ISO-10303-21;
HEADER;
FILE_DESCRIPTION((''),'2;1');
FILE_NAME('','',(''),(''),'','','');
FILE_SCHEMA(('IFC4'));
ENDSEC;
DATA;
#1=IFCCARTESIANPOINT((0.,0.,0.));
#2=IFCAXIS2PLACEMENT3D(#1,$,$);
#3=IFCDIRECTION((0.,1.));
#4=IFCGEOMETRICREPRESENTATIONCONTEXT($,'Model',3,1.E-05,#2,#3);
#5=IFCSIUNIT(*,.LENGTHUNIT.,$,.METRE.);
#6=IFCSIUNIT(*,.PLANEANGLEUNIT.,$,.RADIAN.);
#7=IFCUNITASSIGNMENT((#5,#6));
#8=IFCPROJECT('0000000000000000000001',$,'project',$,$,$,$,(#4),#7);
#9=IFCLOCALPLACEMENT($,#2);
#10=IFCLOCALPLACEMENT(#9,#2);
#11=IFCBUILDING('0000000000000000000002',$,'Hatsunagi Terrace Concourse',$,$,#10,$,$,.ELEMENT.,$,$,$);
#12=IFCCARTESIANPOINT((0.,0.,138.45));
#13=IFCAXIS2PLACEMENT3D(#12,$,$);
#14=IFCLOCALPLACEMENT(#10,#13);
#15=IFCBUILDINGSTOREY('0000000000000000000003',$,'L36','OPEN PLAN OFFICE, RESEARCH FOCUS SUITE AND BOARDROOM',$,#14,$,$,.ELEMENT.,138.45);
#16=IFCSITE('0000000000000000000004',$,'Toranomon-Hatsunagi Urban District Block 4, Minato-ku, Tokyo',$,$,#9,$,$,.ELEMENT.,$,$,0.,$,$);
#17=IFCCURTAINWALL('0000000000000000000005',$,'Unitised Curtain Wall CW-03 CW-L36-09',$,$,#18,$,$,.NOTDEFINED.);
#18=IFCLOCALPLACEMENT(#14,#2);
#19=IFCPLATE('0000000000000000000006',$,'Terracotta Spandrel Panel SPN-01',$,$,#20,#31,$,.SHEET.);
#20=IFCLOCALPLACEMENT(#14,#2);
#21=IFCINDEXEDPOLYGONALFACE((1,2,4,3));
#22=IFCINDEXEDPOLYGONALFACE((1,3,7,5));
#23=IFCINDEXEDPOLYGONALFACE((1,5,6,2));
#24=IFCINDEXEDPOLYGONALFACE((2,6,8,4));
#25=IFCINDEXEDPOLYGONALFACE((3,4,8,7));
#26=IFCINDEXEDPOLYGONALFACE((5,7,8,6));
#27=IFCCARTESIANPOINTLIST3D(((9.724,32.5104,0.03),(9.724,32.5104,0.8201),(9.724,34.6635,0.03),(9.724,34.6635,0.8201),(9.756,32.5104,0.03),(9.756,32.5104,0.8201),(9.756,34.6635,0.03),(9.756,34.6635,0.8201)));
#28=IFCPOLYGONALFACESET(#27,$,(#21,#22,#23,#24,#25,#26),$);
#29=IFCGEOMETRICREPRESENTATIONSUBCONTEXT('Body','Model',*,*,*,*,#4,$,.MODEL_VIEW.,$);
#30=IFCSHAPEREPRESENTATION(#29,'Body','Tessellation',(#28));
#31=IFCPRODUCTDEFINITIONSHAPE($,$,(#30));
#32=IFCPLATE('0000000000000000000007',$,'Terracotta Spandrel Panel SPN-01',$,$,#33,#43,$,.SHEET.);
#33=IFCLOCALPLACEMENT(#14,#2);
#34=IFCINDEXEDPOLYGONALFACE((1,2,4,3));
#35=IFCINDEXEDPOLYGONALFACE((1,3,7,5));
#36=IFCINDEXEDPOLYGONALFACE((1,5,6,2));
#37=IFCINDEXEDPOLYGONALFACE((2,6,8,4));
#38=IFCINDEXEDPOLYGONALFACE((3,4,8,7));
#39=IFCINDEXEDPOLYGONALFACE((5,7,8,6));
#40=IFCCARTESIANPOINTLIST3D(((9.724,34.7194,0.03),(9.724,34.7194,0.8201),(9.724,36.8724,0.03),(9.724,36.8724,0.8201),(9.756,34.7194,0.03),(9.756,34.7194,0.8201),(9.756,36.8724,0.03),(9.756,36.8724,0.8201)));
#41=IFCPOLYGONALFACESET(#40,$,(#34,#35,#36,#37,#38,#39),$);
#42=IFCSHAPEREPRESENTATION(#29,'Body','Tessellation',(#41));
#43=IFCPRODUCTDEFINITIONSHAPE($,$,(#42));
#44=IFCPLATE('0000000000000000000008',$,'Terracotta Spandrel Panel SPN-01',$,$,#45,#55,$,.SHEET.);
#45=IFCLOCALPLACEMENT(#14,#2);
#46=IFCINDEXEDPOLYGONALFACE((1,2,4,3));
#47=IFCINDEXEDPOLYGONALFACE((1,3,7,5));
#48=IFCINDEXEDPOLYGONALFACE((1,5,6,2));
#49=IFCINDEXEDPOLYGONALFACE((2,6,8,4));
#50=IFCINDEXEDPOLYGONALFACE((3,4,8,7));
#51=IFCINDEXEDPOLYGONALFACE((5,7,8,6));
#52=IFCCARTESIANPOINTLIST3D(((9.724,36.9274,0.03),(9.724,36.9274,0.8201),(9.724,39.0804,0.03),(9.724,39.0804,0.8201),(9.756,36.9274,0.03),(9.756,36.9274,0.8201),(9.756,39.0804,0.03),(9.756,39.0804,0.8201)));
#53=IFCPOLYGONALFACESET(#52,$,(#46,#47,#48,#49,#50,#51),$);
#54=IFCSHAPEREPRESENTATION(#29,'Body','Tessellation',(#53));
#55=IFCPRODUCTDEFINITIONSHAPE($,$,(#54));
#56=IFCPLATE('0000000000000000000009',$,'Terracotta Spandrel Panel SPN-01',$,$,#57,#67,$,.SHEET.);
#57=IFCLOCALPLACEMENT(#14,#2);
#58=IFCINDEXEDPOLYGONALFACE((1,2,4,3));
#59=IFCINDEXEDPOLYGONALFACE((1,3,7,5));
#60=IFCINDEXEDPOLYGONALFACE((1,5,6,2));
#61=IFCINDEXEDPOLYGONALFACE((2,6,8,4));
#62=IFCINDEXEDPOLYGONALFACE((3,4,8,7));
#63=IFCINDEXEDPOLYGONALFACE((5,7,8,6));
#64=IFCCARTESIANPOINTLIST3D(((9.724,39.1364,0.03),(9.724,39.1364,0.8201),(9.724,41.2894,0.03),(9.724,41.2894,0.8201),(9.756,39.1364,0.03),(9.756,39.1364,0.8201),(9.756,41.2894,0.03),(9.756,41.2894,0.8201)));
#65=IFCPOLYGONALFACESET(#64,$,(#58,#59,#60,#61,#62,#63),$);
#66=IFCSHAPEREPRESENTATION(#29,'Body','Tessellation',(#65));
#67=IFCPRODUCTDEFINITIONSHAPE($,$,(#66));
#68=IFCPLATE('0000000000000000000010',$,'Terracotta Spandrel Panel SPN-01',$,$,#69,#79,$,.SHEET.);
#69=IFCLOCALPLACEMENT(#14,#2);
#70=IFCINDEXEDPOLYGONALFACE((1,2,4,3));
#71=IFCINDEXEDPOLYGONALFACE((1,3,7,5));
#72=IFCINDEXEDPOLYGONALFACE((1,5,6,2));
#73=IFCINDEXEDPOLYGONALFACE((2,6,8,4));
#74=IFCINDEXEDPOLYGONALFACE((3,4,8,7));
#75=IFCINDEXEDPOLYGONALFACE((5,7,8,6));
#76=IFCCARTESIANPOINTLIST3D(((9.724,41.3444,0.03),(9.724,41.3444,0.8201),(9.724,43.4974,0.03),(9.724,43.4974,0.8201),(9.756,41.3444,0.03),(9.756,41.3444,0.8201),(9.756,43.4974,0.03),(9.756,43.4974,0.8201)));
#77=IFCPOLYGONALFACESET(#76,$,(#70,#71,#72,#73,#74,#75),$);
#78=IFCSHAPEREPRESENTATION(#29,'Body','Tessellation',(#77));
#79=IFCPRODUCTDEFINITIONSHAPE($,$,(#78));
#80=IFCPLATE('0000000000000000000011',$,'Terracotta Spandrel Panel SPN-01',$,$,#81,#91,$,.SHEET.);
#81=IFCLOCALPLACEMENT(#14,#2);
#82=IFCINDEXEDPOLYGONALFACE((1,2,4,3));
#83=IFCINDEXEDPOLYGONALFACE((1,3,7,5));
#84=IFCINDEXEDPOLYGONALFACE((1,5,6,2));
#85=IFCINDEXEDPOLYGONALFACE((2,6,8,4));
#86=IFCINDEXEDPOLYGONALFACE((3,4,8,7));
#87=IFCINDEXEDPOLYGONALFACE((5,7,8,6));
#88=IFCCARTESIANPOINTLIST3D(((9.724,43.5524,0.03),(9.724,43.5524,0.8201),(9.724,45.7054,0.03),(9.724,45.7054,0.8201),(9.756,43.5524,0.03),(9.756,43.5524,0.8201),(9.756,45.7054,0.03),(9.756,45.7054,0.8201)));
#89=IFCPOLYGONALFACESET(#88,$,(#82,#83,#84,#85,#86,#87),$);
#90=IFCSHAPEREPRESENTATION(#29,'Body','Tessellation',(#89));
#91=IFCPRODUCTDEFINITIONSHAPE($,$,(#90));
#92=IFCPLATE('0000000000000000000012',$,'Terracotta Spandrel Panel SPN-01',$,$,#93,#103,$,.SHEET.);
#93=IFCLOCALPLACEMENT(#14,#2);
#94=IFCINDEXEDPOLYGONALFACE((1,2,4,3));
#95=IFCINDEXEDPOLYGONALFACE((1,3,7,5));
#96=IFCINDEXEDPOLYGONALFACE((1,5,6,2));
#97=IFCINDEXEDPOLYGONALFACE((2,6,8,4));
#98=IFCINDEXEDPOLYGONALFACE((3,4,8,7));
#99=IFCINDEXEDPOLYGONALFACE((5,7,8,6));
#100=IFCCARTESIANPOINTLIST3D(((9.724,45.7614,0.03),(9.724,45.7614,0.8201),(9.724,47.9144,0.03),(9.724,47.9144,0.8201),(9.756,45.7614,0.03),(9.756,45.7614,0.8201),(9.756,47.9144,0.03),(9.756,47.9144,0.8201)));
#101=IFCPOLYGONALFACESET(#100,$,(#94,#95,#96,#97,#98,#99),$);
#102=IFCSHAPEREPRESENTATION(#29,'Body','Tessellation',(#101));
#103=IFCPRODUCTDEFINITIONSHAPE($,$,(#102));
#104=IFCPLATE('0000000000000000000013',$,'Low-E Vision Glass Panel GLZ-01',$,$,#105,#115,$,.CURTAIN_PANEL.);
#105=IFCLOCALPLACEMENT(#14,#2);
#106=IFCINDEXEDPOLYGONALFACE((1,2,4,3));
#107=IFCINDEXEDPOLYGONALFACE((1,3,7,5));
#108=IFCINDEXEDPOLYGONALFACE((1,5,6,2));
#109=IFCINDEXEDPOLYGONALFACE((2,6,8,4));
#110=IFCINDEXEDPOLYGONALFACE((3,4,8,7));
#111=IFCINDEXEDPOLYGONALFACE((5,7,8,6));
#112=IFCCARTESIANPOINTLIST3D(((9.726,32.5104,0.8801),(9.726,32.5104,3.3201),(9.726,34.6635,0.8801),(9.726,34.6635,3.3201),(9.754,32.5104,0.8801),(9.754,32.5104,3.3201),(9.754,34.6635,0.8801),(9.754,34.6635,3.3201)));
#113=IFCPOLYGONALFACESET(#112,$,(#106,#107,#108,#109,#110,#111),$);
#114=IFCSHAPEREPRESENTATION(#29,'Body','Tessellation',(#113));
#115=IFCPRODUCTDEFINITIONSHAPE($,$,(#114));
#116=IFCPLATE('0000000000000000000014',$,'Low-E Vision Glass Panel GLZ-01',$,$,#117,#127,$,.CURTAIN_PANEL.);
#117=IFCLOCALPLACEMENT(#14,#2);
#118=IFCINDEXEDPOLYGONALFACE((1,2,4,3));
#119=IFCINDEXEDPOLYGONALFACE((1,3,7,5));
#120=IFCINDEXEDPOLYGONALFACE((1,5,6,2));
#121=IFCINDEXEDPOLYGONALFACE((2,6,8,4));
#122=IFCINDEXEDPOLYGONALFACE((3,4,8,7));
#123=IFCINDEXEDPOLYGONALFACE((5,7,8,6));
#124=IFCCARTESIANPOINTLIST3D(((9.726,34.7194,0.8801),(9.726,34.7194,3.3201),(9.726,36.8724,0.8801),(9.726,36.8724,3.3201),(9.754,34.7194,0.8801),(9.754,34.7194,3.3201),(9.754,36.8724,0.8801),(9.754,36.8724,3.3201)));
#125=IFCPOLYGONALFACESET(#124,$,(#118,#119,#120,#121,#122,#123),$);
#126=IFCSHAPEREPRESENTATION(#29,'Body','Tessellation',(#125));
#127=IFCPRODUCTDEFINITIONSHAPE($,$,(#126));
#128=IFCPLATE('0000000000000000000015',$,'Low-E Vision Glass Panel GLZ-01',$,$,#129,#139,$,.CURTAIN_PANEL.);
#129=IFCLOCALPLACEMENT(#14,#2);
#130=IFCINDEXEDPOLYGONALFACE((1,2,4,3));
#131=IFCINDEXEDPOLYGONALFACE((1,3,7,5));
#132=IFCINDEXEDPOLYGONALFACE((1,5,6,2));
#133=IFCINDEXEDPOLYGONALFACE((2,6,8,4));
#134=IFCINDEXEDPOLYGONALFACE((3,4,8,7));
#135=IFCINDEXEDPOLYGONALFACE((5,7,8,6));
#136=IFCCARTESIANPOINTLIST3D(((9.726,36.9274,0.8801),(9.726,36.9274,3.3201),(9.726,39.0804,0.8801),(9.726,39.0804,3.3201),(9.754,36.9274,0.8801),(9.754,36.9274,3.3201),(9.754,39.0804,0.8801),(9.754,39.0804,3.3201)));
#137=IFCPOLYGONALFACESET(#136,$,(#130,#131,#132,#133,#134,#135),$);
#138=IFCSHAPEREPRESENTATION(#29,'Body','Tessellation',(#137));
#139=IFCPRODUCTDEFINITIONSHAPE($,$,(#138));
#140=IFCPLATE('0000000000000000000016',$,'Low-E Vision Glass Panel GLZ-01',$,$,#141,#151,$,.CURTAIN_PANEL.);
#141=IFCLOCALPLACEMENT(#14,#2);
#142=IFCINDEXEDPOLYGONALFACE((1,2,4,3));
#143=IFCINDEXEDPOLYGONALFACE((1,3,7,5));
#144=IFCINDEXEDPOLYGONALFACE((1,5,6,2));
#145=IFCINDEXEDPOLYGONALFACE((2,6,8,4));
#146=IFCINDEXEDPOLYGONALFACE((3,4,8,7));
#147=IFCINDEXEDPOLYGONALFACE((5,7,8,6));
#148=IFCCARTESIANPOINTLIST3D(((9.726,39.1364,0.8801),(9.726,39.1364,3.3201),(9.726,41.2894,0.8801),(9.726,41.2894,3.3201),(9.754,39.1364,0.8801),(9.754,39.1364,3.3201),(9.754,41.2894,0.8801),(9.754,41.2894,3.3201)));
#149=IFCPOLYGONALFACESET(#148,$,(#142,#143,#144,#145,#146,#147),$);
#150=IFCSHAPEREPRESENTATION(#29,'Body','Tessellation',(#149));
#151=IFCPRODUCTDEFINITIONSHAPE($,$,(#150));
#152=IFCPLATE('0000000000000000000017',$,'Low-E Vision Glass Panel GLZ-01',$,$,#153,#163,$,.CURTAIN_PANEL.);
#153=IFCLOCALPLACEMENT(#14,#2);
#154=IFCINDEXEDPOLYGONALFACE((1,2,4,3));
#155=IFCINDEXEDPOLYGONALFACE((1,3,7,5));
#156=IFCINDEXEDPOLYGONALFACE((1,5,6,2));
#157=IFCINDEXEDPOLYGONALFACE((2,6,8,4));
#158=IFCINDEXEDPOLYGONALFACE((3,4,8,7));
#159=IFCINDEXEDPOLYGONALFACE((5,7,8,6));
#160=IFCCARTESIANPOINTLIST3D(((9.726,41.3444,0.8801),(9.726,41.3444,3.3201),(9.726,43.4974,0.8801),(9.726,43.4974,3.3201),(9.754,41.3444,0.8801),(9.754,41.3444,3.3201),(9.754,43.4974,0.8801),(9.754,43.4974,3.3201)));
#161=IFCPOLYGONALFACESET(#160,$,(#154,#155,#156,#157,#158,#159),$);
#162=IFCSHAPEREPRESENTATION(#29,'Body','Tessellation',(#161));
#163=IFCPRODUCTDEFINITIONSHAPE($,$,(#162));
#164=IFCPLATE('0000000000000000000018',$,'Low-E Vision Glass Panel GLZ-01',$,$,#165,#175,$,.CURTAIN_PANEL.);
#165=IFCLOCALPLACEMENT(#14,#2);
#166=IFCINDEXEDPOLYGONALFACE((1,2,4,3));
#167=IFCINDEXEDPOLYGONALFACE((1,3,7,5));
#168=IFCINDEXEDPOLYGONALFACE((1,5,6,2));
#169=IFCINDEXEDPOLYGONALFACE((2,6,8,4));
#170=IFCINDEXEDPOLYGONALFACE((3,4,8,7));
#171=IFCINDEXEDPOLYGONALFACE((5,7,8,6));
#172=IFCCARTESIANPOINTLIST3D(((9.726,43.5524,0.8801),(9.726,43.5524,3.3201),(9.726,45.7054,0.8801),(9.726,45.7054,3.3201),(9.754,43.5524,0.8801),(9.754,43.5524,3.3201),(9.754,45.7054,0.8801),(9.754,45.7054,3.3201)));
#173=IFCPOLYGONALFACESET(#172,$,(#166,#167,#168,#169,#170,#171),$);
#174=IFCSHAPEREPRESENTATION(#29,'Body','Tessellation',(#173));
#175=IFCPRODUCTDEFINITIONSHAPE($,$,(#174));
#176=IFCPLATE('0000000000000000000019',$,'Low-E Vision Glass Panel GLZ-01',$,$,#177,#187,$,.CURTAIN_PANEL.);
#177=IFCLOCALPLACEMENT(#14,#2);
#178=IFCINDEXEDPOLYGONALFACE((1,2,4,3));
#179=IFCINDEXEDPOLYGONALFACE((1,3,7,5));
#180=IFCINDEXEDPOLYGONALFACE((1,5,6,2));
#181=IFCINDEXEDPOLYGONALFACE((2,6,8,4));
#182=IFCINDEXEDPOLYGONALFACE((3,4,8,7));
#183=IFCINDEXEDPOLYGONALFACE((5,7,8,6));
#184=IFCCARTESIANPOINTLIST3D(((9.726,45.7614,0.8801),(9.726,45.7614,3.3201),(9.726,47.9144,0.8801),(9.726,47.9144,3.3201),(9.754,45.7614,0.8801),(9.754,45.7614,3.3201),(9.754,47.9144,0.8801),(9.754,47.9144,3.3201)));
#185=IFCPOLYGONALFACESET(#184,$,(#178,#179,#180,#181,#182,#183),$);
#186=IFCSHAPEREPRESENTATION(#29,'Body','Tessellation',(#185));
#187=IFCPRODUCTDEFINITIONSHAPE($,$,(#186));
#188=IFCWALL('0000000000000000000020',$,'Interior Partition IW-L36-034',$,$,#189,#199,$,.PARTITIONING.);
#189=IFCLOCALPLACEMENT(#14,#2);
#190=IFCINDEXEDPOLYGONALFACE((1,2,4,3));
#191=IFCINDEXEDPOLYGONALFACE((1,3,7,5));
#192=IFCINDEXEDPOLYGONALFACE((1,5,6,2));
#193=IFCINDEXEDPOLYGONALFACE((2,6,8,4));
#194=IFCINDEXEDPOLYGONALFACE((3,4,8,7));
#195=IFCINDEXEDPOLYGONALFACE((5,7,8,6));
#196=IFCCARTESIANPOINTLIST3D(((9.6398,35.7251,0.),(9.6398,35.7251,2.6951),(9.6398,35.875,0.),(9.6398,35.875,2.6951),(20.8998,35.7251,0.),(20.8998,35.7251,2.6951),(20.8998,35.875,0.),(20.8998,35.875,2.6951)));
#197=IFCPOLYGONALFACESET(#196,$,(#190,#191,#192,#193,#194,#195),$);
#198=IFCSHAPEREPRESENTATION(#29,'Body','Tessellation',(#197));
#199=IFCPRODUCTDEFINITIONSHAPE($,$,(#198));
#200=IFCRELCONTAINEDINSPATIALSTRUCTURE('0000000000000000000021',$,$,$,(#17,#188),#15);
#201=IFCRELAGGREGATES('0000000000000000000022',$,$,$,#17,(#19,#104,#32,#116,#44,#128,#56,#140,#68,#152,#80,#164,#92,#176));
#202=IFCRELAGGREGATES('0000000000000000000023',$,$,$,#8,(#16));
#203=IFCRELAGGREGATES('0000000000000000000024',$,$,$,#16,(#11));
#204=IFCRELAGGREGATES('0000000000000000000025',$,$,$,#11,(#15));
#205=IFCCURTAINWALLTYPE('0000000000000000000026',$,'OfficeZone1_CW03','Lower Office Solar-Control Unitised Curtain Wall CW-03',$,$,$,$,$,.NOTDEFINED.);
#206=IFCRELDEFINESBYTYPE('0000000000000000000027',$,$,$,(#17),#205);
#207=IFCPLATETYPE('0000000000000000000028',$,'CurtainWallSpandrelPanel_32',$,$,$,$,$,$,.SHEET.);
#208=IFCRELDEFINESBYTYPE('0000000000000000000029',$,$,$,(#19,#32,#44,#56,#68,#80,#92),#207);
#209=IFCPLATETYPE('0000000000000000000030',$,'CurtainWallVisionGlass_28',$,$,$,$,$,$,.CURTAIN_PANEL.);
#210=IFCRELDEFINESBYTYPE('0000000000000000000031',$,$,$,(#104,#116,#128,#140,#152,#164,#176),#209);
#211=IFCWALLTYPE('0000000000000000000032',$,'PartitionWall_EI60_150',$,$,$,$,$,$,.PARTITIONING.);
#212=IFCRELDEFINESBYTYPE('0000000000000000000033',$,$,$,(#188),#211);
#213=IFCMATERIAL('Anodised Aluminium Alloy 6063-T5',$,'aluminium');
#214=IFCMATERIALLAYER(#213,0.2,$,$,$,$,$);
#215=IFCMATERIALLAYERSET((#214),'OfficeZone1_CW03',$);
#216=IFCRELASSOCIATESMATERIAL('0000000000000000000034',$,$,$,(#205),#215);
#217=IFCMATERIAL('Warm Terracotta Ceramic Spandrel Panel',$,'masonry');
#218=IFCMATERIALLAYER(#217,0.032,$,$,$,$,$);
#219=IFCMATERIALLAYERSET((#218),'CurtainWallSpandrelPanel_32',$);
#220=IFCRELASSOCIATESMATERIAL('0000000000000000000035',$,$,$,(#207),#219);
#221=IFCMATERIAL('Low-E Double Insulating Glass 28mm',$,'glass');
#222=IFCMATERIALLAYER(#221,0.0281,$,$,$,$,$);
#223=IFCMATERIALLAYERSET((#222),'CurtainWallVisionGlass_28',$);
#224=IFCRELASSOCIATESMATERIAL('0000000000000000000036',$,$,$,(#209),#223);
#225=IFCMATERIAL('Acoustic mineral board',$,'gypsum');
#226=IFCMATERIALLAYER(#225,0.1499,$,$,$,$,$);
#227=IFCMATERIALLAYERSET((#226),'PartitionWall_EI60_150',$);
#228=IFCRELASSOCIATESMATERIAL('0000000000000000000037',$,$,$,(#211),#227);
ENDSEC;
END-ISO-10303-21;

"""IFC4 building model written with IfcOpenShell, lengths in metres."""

from ifc_helpers import new_model, si_unit, direction, frame, frame_2d, origin, origin_2d, place, context, subcontext, project, spatial, rectangle, extrude, material, layer, layer_set, type_object, element, aggregate, save


model = new_model("IFC4")

# Units and contexts
model_context = context("Model", 3, precision=1e-05, world=origin(), true_north=direction((0.0, 1.0)))
body_context = subcontext(model_context, "Body", "Model", "MODEL_VIEW")
ifc_project = project(units=[si_unit("LENGTHUNIT", "METRE"), si_unit("PLANEANGLEUNIT", "RADIAN")], contexts=[model_context])

# Site, building, storey
site_placement = place(None, origin())
site = spatial("IfcSite", under=ifc_project, at=site_placement, Name="Toranomon-Hatsunagi Urban District Block 4, Minato-ku, Tokyo", CompositionType="ELEMENT", RefElevation=0.0)
building_placement = place(site_placement, origin())
building = spatial("IfcBuilding", under=site, at=building_placement, Name="Hatsunagi Terrace Concourse", CompositionType="ELEMENT")
storey_placement = place(building_placement, frame((0.0, 0.0, 138.45)))
storey = spatial("IfcBuildingStorey", under=building, at=storey_placement, Name="L36", Description="OPEN PLAN OFFICE, RESEARCH FOCUS SUITE AND BOARDROOM", CompositionType="ELEMENT", Elevation=138.45)

# Curtain wall
ifc_material_1 = material(Name="Anodised Aluminium Alloy 6063-T5", Category="aluminium")
ifc_layer_1 = layer(ifc_material_1, 0.2)
ifc_layer_set_1 = layer_set([ifc_layer_1], Name="OfficeZone1_CW03")
curtain_wall_type = type_object("IfcCurtainWallType", Name="OfficeZone1_CW03", Description="Lower Office Solar-Control Unitised Curtain Wall CW-03", PredefinedType="NOTDEFINED", material=ifc_layer_set_1)
curtain_wall_placement = place(storey_placement, origin())
curtain_wall = element("IfcCurtainWall", 1, at=curtain_wall_placement, inside=storey, type_object=curtain_wall_type, Name="Unitised Curtain Wall CW-03 CW-L36-09", PredefinedType="NOTDEFINED")

# Plates
ifc_material_2 = material(Name="Warm Terracotta Ceramic Spandrel Panel", Category="masonry")
ifc_layer_2 = layer(ifc_material_2, 0.032)
ifc_layer_set_2 = layer_set([ifc_layer_2], Name="CurtainWallSpandrelPanel_32")
plate_type_1 = type_object("IfcPlateType", Name="CurtainWallSpandrelPanel_32", PredefinedType="SHEET", material=ifc_layer_set_2)
plate_1_placement = place(storey_placement, frame((9.74, 33.5869, 0.03), z_axis=(0.0, 0.0, 1.0), x_axis=(0.0, 1.0, 0.0)))
plate_1 = element("IfcPlate", 2, at=plate_1_placement, type_object=plate_type_1, Name="Terracotta Spandrel Panel SPN-01", PredefinedType="SHEET", context=body_context, shape_type="SweptSolid", body=[
    extrude(rectangle(XDim=2.1531, YDim=0.032, at=origin_2d()), origin(), (0.0, 0.0, 1.0), 0.79),
])
plate_2_placement = place(storey_placement, frame((9.74, 35.7959, 0.03), z_axis=(0.0, 0.0, 1.0), x_axis=(0.0, 1.0, 0.0)))
plate_2 = element("IfcPlate", 3, at=plate_2_placement, type_object=plate_type_1, Name="Terracotta Spandrel Panel SPN-01", PredefinedType="SHEET", context=body_context, shape_type="SweptSolid", body=[
    extrude(rectangle(XDim=2.1531, YDim=0.032, at=origin_2d()), origin(), (0.0, 0.0, 1.0), 0.79),
])
plate_3_placement = place(storey_placement, frame((9.74, 38.0039, 0.03), z_axis=(0.0, 0.0, 1.0), x_axis=(0.0, 1.0, 0.0)))
plate_3 = element("IfcPlate", 4, at=plate_3_placement, type_object=plate_type_1, Name="Terracotta Spandrel Panel SPN-01", PredefinedType="SHEET", context=body_context, shape_type="SweptSolid", body=[
    extrude(rectangle(XDim=2.1531, YDim=0.032, at=origin_2d()), origin(), (0.0, 0.0, 1.0), 0.79),
])
plate_4_placement = place(storey_placement, frame((9.74, 40.2129, 0.03), z_axis=(0.0, 0.0, 1.0), x_axis=(0.0, 1.0, 0.0)))
plate_4 = element("IfcPlate", 5, at=plate_4_placement, type_object=plate_type_1, Name="Terracotta Spandrel Panel SPN-01", PredefinedType="SHEET", context=body_context, shape_type="SweptSolid", body=[
    extrude(rectangle(XDim=2.1531, YDim=0.032, at=origin_2d()), origin(), (0.0, 0.0, 1.0), 0.79),
])
plate_5_placement = place(storey_placement, frame((9.74, 42.4209, 0.03), z_axis=(0.0, 0.0, 1.0), x_axis=(0.0, 1.0, 0.0)))
plate_5 = element("IfcPlate", 6, at=plate_5_placement, type_object=plate_type_1, Name="Terracotta Spandrel Panel SPN-01", PredefinedType="SHEET", context=body_context, shape_type="SweptSolid", body=[
    extrude(rectangle(XDim=2.1531, YDim=0.032, at=origin_2d()), origin(), (0.0, 0.0, 1.0), 0.79),
])
plate_6_placement = place(storey_placement, frame((9.74, 44.6289, 0.03), z_axis=(0.0, 0.0, 1.0), x_axis=(0.0, 1.0, 0.0)))
plate_6 = element("IfcPlate", 7, at=plate_6_placement, type_object=plate_type_1, Name="Terracotta Spandrel Panel SPN-01", PredefinedType="SHEET", context=body_context, shape_type="SweptSolid", body=[
    extrude(rectangle(XDim=2.1531, YDim=0.032, at=origin_2d()), origin(), (0.0, 0.0, 1.0), 0.79),
])
plate_7_placement = place(storey_placement, frame((9.74, 46.8379, 0.03), z_axis=(0.0, 0.0, 1.0), x_axis=(0.0, 1.0, 0.0)))
plate_7 = element("IfcPlate", 8, at=plate_7_placement, type_object=plate_type_1, Name="Terracotta Spandrel Panel SPN-01", PredefinedType="SHEET", context=body_context, shape_type="SweptSolid", body=[
    extrude(rectangle(XDim=2.1531, YDim=0.032, at=origin_2d()), origin(), (0.0, 0.0, 1.0), 0.79),
])
ifc_material_3 = material(Name="Low-E Double Insulating Glass 28mm", Category="glass")
ifc_layer_3 = layer(ifc_material_3, 0.0281)
ifc_layer_set_3 = layer_set([ifc_layer_3], Name="CurtainWallVisionGlass_28")
plate_type_2 = type_object("IfcPlateType", Name="CurtainWallVisionGlass_28", PredefinedType="CURTAIN_PANEL", material=ifc_layer_set_3)
plate_8_placement = place(storey_placement, frame((9.74, 33.5869, 0.8801), z_axis=(0.0, 0.0, 1.0), x_axis=(0.0, 1.0, 0.0)))
plate_8 = element("IfcPlate", 9, at=plate_8_placement, type_object=plate_type_2, Name="Low-E Vision Glass Panel GLZ-01", PredefinedType="CURTAIN_PANEL", context=body_context, shape_type="SweptSolid", body=[
    extrude(rectangle(XDim=2.1531, YDim=0.0281, at=origin_2d()), origin(), (0.0, 0.0, 1.0), 2.4399),
])
plate_9_placement = place(storey_placement, frame((9.74, 35.7959, 0.8801), z_axis=(0.0, 0.0, 1.0), x_axis=(0.0, 1.0, 0.0)))
plate_9 = element("IfcPlate", 10, at=plate_9_placement, type_object=plate_type_2, Name="Low-E Vision Glass Panel GLZ-01", PredefinedType="CURTAIN_PANEL", context=body_context, shape_type="SweptSolid", body=[
    extrude(rectangle(XDim=2.1531, YDim=0.0281, at=origin_2d()), origin(), (0.0, 0.0, 1.0), 2.4399),
])
plate_10_placement = place(storey_placement, frame((9.74, 38.0039, 0.8801), z_axis=(0.0, 0.0, 1.0), x_axis=(0.0, 1.0, 0.0)))
plate_10 = element("IfcPlate", 11, at=plate_10_placement, type_object=plate_type_2, Name="Low-E Vision Glass Panel GLZ-01", PredefinedType="CURTAIN_PANEL", context=body_context, shape_type="SweptSolid", body=[
    extrude(rectangle(XDim=2.1531, YDim=0.0281, at=origin_2d()), origin(), (0.0, 0.0, 1.0), 2.4399),
])
plate_11_placement = place(storey_placement, frame((9.74, 40.2129, 0.8801), z_axis=(0.0, 0.0, 1.0), x_axis=(0.0, 1.0, 0.0)))
plate_11 = element("IfcPlate", 12, at=plate_11_placement, type_object=plate_type_2, Name="Low-E Vision Glass Panel GLZ-01", PredefinedType="CURTAIN_PANEL", context=body_context, shape_type="SweptSolid", body=[
    extrude(rectangle(XDim=2.1531, YDim=0.0281, at=origin_2d()), origin(), (0.0, 0.0, 1.0), 2.4399),
])
plate_12_placement = place(storey_placement, frame((9.74, 42.4209, 0.8801), z_axis=(0.0, 0.0, 1.0), x_axis=(0.0, 1.0, 0.0)))
plate_12 = element("IfcPlate", 13, at=plate_12_placement, type_object=plate_type_2, Name="Low-E Vision Glass Panel GLZ-01", PredefinedType="CURTAIN_PANEL", context=body_context, shape_type="SweptSolid", body=[
    extrude(rectangle(XDim=2.1531, YDim=0.0281, at=origin_2d()), origin(), (0.0, 0.0, 1.0), 2.4399),
])
plate_13_placement = place(storey_placement, frame((9.74, 44.6289, 0.8801), z_axis=(0.0, 0.0, 1.0), x_axis=(0.0, 1.0, 0.0)))
plate_13 = element("IfcPlate", 14, at=plate_13_placement, type_object=plate_type_2, Name="Low-E Vision Glass Panel GLZ-01", PredefinedType="CURTAIN_PANEL", context=body_context, shape_type="SweptSolid", body=[
    extrude(rectangle(XDim=2.1531, YDim=0.0281, at=origin_2d()), origin(), (0.0, 0.0, 1.0), 2.4399),
])
plate_14_placement = place(storey_placement, frame((9.74, 46.8379, 0.8801), z_axis=(0.0, 0.0, 1.0), x_axis=(0.0, 1.0, 0.0)))
plate_14 = element("IfcPlate", 15, at=plate_14_placement, type_object=plate_type_2, Name="Low-E Vision Glass Panel GLZ-01", PredefinedType="CURTAIN_PANEL", context=body_context, shape_type="SweptSolid", body=[
    extrude(rectangle(XDim=2.1531, YDim=0.0281, at=origin_2d()), origin(), (0.0, 0.0, 1.0), 2.4399),
])
aggregate(curtain_wall, [plate_1, plate_8, plate_2, plate_9, plate_3, plate_10, plate_4, plate_11, plate_5, plate_12, plate_6, plate_13, plate_7, plate_14])

# Wall
ifc_material_4 = material(Name="Acoustic mineral board", Category="gypsum")
ifc_layer_4 = layer(ifc_material_4, 0.1499)
ifc_layer_set_4 = layer_set([ifc_layer_4], Name="PartitionWall_EI60_150")
wall_type_1 = type_object("IfcWallType", Name="PartitionWall_EI60_150", PredefinedType="PARTITIONING", material=ifc_layer_set_4)
wall_1_placement = place(storey_placement, frame((9.6399, 35.8, 0.0), z_axis=(0.0, 0.0, 1.0), x_axis=(1.0, 0.0, 0.0)))
element("IfcWall", 16, at=wall_1_placement, inside=storey, type_object=wall_type_1, Name="Interior Partition IW-L36-034", PredefinedType="PARTITIONING", context=body_context, shape_type="SweptSolid", body=[
    extrude(rectangle(XDim=11.26, YDim=0.1499, at=frame_2d((5.6299, 0.0))), origin(), (0.0, 0.0, 1.0), 2.6951),
])

save(model, "model.ifc")
